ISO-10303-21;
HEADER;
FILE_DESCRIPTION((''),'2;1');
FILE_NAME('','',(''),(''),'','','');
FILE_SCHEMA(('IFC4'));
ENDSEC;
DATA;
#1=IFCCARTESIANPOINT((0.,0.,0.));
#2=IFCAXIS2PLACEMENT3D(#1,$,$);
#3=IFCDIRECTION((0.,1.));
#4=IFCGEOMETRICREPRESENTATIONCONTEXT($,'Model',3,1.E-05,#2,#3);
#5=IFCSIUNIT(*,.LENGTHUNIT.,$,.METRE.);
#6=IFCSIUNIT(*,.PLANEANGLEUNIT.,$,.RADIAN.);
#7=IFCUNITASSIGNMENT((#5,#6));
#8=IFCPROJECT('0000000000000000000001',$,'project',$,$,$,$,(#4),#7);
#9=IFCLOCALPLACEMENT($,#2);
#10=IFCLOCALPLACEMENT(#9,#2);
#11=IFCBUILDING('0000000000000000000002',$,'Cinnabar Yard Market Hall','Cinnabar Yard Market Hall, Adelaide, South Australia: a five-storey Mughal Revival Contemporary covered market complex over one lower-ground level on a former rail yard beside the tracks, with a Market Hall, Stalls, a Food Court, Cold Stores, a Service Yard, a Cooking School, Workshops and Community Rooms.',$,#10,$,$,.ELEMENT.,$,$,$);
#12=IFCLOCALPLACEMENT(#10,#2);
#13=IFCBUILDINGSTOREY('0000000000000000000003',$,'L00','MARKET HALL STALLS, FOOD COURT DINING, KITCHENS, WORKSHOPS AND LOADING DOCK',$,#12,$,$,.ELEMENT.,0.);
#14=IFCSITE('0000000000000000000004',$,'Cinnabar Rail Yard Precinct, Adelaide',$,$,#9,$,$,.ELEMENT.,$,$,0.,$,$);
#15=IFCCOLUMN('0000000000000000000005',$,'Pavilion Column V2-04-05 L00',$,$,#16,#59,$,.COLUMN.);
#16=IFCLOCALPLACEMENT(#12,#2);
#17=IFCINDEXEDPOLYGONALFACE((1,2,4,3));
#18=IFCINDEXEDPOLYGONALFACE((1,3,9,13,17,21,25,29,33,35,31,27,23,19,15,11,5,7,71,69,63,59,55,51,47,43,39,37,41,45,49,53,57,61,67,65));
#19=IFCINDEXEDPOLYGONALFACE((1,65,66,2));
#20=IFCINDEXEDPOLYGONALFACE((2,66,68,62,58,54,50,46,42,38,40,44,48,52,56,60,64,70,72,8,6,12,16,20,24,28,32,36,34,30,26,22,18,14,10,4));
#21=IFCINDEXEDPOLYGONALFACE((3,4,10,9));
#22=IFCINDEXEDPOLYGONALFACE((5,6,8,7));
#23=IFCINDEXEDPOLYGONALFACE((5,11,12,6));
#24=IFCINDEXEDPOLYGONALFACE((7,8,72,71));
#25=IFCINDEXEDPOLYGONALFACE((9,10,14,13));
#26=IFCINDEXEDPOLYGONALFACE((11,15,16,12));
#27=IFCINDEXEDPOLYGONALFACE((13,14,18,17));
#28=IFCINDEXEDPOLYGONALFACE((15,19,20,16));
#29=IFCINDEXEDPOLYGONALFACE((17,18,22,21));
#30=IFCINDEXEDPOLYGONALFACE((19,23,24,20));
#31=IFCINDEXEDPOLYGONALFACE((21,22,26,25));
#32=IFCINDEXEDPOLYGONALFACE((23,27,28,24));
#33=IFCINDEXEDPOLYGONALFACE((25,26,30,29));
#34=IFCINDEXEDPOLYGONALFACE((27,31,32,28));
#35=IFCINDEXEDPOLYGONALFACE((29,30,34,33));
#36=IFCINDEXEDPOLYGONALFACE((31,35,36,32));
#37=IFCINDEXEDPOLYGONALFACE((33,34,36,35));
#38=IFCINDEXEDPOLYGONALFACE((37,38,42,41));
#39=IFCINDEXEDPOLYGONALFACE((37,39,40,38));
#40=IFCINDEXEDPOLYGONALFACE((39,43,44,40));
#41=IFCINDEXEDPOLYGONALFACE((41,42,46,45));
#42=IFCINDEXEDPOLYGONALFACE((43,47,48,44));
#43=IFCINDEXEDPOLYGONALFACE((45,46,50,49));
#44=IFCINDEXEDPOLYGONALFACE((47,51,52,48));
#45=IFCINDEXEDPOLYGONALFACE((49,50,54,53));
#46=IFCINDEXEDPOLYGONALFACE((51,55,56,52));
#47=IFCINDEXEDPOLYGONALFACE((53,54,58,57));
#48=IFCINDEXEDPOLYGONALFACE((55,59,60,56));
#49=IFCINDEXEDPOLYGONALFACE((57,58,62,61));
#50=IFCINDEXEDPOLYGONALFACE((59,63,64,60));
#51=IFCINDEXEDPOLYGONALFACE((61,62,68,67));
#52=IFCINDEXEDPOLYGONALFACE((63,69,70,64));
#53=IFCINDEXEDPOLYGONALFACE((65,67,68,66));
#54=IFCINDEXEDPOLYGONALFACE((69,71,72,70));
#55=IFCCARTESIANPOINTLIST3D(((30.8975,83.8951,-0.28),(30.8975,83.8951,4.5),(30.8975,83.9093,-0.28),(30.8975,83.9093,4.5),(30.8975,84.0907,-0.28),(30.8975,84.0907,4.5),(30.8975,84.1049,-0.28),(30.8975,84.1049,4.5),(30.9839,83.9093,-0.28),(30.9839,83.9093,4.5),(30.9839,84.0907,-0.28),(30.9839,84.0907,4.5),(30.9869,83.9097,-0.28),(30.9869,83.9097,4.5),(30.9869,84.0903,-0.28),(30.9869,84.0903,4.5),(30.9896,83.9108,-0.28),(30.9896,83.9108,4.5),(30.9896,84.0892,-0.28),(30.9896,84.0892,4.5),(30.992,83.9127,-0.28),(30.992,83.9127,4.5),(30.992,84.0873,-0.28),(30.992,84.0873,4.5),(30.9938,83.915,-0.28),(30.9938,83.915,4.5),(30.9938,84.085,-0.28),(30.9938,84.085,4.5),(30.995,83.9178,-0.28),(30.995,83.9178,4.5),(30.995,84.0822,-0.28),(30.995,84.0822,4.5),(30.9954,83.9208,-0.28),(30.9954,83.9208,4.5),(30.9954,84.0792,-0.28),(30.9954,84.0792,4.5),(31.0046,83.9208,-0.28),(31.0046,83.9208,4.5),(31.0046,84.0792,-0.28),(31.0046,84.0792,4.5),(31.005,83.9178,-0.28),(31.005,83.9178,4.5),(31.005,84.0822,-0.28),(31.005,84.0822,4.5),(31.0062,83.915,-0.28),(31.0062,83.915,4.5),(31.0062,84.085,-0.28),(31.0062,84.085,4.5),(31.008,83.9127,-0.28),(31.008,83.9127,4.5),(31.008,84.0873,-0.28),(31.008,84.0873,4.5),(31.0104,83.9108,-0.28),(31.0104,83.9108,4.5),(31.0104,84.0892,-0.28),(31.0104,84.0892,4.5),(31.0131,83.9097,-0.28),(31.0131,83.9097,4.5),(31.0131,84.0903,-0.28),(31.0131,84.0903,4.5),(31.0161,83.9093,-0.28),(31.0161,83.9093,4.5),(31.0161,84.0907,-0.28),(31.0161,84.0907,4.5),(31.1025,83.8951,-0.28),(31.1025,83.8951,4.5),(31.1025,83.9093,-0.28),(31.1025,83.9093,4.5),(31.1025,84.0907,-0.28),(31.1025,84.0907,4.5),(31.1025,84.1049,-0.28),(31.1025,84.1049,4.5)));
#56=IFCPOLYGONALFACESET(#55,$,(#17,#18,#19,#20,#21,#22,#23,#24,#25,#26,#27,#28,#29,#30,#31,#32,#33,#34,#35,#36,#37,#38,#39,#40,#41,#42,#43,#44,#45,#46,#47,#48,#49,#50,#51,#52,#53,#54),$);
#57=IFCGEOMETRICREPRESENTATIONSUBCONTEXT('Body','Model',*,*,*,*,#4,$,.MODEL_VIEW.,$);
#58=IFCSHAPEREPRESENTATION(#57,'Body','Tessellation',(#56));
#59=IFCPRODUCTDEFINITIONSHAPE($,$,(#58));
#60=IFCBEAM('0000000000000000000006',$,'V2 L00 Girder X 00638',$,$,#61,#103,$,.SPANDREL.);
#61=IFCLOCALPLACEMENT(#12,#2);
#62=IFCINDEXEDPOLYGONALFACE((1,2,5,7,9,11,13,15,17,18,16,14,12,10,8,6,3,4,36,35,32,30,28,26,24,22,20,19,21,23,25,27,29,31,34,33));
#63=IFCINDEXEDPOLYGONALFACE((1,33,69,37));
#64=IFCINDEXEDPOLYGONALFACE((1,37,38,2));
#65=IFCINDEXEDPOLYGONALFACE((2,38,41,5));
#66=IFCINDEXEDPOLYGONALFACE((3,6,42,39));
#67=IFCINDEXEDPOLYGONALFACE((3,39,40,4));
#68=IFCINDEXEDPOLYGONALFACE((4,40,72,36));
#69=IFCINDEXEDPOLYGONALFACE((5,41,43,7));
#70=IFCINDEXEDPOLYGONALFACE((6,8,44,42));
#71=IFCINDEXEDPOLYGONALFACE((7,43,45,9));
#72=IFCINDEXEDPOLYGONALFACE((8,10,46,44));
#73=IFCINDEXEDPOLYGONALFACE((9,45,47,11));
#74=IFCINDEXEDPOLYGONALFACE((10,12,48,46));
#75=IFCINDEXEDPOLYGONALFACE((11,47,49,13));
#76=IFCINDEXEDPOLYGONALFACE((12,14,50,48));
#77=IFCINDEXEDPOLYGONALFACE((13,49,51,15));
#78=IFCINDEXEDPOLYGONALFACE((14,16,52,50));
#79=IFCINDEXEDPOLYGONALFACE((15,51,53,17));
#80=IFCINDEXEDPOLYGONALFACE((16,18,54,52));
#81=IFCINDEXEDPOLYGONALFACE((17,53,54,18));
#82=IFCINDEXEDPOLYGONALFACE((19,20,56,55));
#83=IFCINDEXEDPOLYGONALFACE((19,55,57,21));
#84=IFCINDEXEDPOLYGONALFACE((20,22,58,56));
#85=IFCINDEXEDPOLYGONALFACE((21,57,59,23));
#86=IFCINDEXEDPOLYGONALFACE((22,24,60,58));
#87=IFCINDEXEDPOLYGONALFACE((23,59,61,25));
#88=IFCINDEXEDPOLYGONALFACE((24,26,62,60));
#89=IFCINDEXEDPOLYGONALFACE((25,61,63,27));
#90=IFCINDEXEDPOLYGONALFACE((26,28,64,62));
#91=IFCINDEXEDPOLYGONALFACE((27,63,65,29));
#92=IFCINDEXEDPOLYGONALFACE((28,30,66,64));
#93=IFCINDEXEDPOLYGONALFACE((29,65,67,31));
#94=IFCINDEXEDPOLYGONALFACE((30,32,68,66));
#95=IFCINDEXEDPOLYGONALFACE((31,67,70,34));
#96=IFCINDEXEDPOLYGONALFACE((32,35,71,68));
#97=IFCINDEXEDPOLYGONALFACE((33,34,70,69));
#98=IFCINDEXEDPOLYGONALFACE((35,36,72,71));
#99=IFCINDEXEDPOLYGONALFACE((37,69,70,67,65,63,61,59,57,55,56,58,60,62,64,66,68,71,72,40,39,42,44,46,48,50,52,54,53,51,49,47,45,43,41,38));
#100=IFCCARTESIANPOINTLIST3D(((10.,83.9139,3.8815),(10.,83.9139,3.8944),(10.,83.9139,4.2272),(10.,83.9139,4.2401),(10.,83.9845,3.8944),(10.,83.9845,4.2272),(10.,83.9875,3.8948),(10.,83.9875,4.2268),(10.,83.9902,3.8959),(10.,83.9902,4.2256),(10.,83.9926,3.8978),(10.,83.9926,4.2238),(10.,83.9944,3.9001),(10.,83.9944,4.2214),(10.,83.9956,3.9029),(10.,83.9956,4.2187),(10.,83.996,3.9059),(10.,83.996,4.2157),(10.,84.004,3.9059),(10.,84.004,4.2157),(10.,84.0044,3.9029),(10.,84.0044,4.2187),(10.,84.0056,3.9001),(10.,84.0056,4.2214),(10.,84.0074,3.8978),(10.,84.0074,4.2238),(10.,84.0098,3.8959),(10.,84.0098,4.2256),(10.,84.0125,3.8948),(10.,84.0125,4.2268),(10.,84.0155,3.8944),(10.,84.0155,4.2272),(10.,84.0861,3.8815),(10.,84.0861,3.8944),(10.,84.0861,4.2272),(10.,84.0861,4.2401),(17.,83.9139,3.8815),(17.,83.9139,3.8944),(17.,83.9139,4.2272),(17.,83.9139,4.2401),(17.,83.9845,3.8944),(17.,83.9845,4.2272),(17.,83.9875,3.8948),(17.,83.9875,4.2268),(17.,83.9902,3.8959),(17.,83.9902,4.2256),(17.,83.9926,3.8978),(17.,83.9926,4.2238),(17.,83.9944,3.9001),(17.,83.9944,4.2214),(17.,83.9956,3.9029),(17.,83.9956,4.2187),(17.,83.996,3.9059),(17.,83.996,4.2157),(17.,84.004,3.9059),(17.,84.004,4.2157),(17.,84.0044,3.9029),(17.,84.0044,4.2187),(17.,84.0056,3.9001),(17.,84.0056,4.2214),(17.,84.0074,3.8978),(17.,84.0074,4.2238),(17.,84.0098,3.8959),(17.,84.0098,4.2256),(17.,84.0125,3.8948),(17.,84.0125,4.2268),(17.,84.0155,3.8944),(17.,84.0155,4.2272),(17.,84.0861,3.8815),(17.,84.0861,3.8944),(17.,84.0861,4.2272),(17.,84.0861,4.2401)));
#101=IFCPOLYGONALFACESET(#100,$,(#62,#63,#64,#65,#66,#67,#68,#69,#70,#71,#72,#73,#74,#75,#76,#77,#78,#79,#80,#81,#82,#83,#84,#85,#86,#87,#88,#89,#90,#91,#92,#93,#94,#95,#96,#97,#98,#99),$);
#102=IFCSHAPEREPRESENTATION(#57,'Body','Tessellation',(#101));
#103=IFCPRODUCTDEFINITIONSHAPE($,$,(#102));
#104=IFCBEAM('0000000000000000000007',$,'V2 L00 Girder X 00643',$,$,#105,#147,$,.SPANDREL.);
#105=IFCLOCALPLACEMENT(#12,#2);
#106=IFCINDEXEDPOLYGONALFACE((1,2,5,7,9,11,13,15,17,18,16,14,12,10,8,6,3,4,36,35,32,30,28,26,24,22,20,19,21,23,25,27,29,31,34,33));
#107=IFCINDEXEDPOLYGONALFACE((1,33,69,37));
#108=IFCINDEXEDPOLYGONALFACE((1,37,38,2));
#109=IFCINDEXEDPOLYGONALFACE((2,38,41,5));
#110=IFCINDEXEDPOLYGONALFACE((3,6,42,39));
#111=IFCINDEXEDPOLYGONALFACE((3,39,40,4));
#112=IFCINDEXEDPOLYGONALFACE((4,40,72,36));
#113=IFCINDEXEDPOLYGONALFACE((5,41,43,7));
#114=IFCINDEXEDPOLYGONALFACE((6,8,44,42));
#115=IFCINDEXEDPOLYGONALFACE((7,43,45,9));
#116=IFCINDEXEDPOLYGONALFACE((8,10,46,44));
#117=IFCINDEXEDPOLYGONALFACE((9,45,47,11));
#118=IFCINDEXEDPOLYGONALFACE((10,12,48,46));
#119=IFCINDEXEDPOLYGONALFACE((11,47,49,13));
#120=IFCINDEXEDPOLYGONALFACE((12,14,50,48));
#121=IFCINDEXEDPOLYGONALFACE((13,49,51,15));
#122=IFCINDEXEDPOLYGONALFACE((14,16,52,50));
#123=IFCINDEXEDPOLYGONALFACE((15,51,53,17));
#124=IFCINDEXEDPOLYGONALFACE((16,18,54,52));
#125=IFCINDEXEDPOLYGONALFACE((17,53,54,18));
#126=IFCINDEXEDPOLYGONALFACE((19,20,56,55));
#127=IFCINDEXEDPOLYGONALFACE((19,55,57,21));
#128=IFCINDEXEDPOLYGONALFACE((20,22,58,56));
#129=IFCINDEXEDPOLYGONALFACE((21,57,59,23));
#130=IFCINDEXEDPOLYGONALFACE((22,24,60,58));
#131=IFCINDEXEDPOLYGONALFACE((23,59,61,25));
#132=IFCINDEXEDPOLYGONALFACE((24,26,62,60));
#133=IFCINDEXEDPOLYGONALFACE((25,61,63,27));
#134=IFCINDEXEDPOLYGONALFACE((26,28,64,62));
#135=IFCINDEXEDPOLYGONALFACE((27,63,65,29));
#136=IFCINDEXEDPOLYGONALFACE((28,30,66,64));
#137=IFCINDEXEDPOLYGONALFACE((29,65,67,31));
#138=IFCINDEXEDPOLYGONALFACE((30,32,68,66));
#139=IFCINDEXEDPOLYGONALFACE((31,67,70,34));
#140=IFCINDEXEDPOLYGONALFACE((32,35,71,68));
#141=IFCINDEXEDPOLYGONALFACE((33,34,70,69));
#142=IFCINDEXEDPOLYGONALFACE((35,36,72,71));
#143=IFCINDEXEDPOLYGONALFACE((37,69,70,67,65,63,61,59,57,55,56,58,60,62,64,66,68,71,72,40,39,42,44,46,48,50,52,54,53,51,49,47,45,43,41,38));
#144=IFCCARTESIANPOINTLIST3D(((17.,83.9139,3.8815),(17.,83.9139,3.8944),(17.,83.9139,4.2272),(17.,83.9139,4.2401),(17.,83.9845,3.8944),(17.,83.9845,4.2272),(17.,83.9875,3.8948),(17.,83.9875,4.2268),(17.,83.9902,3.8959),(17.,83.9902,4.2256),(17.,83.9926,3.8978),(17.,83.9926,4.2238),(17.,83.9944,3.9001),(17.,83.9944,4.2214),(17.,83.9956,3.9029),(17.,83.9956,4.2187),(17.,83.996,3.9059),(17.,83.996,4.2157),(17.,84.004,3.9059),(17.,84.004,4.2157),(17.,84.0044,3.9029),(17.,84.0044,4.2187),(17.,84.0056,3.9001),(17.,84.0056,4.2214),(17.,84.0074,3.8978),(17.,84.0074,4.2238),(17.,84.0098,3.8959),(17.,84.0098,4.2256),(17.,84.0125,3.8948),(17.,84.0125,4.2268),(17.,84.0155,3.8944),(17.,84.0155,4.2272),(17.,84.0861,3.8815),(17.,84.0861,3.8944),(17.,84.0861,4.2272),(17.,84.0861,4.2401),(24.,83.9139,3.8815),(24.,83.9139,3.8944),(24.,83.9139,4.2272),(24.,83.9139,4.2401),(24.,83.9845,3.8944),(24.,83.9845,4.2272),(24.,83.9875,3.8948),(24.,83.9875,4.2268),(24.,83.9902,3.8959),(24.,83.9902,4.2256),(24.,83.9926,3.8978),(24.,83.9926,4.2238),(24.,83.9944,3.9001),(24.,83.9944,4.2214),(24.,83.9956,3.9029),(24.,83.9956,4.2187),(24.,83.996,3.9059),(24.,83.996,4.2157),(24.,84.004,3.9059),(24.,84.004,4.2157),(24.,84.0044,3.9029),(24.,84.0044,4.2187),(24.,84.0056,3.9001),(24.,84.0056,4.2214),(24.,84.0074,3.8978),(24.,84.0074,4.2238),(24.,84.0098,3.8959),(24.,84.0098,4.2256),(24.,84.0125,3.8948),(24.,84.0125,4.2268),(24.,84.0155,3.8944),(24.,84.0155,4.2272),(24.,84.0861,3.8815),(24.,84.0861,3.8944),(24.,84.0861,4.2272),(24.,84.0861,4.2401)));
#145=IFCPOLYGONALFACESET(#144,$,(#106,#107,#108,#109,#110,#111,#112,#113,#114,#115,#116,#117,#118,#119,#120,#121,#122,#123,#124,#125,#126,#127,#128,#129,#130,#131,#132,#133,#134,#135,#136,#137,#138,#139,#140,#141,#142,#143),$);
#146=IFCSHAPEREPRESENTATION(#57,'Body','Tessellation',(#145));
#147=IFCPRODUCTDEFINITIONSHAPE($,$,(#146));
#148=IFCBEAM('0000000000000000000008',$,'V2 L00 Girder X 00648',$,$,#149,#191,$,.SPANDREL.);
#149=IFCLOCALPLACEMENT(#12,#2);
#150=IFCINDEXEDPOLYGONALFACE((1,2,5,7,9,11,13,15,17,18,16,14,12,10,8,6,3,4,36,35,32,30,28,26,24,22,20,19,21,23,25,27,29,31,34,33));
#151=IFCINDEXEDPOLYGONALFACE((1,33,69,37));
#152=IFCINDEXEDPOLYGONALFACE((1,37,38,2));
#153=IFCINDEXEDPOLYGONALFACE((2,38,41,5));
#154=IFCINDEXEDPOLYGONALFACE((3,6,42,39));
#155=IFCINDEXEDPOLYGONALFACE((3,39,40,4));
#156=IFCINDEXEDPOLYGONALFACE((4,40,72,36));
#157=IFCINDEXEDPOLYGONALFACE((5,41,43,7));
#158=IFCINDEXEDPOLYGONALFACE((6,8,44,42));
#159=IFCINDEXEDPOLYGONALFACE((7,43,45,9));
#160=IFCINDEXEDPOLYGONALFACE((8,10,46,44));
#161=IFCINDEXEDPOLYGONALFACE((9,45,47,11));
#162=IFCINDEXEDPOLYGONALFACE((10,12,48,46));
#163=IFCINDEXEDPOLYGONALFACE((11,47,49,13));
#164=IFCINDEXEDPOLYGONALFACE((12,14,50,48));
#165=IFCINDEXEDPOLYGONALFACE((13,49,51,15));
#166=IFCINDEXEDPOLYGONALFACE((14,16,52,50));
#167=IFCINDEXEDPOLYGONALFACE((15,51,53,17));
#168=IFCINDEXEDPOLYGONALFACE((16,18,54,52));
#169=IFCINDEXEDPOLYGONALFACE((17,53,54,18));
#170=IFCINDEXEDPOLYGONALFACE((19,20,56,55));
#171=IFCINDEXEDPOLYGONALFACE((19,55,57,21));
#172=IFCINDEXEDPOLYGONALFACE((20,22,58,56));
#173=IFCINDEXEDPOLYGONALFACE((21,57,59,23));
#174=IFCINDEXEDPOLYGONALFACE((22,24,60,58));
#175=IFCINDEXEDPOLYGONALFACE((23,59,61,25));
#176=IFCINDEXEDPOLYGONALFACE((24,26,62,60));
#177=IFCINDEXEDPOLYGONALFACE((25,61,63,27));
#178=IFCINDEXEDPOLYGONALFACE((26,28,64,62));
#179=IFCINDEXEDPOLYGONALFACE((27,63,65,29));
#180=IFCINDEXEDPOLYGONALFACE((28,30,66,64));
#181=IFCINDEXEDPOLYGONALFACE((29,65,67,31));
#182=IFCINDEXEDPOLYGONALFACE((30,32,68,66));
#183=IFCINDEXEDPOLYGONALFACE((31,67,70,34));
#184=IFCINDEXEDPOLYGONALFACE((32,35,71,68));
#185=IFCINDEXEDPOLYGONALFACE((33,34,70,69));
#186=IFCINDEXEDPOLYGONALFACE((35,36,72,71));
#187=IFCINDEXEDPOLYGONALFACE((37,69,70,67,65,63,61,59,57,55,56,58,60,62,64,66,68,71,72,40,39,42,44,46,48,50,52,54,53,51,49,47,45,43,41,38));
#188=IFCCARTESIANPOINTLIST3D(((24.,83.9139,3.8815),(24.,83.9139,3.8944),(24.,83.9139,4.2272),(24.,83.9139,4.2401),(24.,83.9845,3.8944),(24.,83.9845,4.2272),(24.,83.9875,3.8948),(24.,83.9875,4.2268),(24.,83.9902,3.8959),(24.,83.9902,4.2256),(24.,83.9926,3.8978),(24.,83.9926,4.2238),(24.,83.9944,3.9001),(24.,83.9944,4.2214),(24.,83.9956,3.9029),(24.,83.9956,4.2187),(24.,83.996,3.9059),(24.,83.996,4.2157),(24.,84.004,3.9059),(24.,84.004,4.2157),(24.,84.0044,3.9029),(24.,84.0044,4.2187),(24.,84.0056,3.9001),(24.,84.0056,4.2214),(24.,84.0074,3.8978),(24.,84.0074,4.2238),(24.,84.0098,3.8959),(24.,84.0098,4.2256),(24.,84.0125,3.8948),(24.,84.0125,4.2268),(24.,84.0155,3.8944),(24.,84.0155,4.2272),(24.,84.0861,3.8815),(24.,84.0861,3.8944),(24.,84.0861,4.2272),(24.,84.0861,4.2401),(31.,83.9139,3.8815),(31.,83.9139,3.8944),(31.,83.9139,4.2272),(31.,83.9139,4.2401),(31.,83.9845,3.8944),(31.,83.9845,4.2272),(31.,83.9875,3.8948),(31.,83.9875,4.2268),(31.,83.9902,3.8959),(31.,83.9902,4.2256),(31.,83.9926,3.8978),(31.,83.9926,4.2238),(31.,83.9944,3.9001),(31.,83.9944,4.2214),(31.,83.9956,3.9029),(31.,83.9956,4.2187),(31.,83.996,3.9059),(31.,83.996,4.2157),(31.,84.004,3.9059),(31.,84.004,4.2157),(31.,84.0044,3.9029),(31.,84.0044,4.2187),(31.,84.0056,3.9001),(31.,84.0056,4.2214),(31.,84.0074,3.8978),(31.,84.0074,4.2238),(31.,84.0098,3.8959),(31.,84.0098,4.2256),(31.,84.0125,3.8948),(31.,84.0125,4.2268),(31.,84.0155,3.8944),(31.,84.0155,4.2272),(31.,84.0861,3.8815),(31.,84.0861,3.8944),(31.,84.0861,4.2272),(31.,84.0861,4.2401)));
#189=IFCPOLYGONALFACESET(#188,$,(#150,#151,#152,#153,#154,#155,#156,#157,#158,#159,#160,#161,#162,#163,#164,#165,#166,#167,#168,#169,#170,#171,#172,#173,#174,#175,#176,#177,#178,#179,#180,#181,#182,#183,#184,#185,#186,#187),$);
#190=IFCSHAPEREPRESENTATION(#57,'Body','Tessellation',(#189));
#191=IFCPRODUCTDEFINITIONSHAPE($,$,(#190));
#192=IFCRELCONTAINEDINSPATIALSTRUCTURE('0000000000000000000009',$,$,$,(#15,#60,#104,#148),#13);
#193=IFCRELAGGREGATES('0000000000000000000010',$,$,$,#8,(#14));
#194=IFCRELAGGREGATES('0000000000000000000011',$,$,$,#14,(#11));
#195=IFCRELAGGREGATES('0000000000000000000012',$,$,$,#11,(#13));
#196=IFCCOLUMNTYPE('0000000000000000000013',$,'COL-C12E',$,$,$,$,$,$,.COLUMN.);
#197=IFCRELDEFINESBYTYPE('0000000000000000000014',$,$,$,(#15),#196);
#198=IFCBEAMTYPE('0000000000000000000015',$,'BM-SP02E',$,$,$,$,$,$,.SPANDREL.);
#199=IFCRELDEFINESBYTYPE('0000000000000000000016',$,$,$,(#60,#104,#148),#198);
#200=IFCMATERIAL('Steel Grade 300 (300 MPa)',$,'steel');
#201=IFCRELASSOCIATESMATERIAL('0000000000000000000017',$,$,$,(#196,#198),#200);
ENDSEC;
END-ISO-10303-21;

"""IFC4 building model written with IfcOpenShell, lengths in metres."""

from ifc_helpers import new_model, si_unit, direction, frame, origin, origin_2d_with_axis, place, context, subcontext, project, spatial, i_section, extrude, material, material_profile, profile_set, type_object, element, save


model = new_model("IFC4")

# Units and contexts
model_context = context("Model", 3, precision=1e-05, world=origin(), true_north=direction((0.0, 1.0)))
body_context = subcontext(model_context, "Body", "Model", "MODEL_VIEW")
ifc_project = project(units=[si_unit("LENGTHUNIT", "METRE"), si_unit("PLANEANGLEUNIT", "RADIAN")], contexts=[model_context])

# Site, building, storey
site_placement = place(None, origin())
site = spatial("IfcSite", under=ifc_project, at=site_placement, Name="Cinnabar Rail Yard Precinct, Adelaide", CompositionType="ELEMENT", RefElevation=0.0)
building_placement = place(site_placement, origin())
building = spatial("IfcBuilding", under=site, at=building_placement, Name="Cinnabar Yard Market Hall", Description="Cinnabar Yard Market Hall, Adelaide, South Australia: a five-storey Mughal Revival Contemporary covered market complex over one lower-ground level on a former rail yard beside the tracks, with a Market Hall, Stalls, a Food Court, Cold Stores, a Service Yard, a Cooking School, Workshops and Community Rooms.", CompositionType="ELEMENT")
storey_placement = place(building_placement, origin())
storey = spatial("IfcBuildingStorey", under=building, at=storey_placement, Name="L00", Description="MARKET HALL STALLS, FOOD COURT DINING, KITCHENS, WORKSHOPS AND LOADING DOCK", CompositionType="ELEMENT", Elevation=0.0)

# Column
ifc_material_1 = material(Name="Steel Grade 300 (300 MPa)", Category="steel")
ifc_material_profile_1 = material_profile(ifc_material_1, i_section(OverallWidth=0.2051, OverallDepth=0.2097, WebThickness=0.0093, FlangeThickness=0.0142, FilletRadius=0.0115, at=origin_2d_with_axis()), Name="200UC59.5")
ifc_profile_set_1 = profile_set([ifc_material_profile_1], Name="Steel Grade 300 (300 MPa)")
column_type_1 = type_object("IfcColumnType", Name="COL-C12E", PredefinedType="COLUMN", material=ifc_profile_set_1)
for number, where, z_axis, x_axis, name in (
    (1, (31.0, 84.0, -0.28), (0.0, 0.0, 1.0), (1.0, 0.0, 0.0), "Pavilion Column V2-04-05 L00"),
):
    element("IfcColumn", number, at=place(storey_placement, frame(where, z_axis=z_axis, x_axis=x_axis)), inside=storey, type_object=column_type_1, Name=name, PredefinedType="COLUMN", context=body_context, shape_type="SweptSolid", body=[
        extrude(i_section(OverallWidth=0.2051, OverallDepth=0.2097, WebThickness=0.0093, FlangeThickness=0.0142, FilletRadius=0.0115, at=origin_2d_with_axis()), origin(), (0.0, 0.0, 1.0), 4.78),
    ])

# Beams
ifc_material_profile_2 = material_profile(ifc_material_1, i_section(OverallWidth=0.1721, OverallDepth=0.3586, WebThickness=0.0081, FlangeThickness=0.0129, FilletRadius=0.0115, at=origin_2d_with_axis()), Name="360UB56.7")
ifc_profile_set_2 = profile_set([ifc_material_profile_2], Name="Steel Grade 300 (300 MPa)")
beam_type = type_object("IfcBeamType", Name="BM-SP02E", PredefinedType="SPANDREL", material=ifc_profile_set_2)
for number, where, z_axis, x_axis, name in (
    (2, (10.0, 84.0, 4.0608), (1.0, 0.0, 0.0), (0.0, 1.0, 0.0), "V2 L00 Girder X 00638"),
    (3, (17.0, 84.0, 4.0608), (1.0, 0.0, 0.0), (0.0, 1.0, 0.0), "V2 L00 Girder X 00643"),
    (4, (24.0, 84.0, 4.0608), (1.0, 0.0, 0.0), (0.0, 1.0, 0.0), "V2 L00 Girder X 00648"),
):
    element("IfcBeam", number, at=place(storey_placement, frame(where, z_axis=z_axis, x_axis=x_axis)), inside=storey, type_object=beam_type, Name=name, PredefinedType="SPANDREL", context=body_context, shape_type="SweptSolid", body=[
        extrude(i_section(OverallWidth=0.1721, OverallDepth=0.3586, WebThickness=0.0081, FlangeThickness=0.0129, FilletRadius=0.0115, at=origin_2d_with_axis()), origin(), (0.0, 0.0, 1.0), 7.0),
    ])

save(model, "model.ifc")
